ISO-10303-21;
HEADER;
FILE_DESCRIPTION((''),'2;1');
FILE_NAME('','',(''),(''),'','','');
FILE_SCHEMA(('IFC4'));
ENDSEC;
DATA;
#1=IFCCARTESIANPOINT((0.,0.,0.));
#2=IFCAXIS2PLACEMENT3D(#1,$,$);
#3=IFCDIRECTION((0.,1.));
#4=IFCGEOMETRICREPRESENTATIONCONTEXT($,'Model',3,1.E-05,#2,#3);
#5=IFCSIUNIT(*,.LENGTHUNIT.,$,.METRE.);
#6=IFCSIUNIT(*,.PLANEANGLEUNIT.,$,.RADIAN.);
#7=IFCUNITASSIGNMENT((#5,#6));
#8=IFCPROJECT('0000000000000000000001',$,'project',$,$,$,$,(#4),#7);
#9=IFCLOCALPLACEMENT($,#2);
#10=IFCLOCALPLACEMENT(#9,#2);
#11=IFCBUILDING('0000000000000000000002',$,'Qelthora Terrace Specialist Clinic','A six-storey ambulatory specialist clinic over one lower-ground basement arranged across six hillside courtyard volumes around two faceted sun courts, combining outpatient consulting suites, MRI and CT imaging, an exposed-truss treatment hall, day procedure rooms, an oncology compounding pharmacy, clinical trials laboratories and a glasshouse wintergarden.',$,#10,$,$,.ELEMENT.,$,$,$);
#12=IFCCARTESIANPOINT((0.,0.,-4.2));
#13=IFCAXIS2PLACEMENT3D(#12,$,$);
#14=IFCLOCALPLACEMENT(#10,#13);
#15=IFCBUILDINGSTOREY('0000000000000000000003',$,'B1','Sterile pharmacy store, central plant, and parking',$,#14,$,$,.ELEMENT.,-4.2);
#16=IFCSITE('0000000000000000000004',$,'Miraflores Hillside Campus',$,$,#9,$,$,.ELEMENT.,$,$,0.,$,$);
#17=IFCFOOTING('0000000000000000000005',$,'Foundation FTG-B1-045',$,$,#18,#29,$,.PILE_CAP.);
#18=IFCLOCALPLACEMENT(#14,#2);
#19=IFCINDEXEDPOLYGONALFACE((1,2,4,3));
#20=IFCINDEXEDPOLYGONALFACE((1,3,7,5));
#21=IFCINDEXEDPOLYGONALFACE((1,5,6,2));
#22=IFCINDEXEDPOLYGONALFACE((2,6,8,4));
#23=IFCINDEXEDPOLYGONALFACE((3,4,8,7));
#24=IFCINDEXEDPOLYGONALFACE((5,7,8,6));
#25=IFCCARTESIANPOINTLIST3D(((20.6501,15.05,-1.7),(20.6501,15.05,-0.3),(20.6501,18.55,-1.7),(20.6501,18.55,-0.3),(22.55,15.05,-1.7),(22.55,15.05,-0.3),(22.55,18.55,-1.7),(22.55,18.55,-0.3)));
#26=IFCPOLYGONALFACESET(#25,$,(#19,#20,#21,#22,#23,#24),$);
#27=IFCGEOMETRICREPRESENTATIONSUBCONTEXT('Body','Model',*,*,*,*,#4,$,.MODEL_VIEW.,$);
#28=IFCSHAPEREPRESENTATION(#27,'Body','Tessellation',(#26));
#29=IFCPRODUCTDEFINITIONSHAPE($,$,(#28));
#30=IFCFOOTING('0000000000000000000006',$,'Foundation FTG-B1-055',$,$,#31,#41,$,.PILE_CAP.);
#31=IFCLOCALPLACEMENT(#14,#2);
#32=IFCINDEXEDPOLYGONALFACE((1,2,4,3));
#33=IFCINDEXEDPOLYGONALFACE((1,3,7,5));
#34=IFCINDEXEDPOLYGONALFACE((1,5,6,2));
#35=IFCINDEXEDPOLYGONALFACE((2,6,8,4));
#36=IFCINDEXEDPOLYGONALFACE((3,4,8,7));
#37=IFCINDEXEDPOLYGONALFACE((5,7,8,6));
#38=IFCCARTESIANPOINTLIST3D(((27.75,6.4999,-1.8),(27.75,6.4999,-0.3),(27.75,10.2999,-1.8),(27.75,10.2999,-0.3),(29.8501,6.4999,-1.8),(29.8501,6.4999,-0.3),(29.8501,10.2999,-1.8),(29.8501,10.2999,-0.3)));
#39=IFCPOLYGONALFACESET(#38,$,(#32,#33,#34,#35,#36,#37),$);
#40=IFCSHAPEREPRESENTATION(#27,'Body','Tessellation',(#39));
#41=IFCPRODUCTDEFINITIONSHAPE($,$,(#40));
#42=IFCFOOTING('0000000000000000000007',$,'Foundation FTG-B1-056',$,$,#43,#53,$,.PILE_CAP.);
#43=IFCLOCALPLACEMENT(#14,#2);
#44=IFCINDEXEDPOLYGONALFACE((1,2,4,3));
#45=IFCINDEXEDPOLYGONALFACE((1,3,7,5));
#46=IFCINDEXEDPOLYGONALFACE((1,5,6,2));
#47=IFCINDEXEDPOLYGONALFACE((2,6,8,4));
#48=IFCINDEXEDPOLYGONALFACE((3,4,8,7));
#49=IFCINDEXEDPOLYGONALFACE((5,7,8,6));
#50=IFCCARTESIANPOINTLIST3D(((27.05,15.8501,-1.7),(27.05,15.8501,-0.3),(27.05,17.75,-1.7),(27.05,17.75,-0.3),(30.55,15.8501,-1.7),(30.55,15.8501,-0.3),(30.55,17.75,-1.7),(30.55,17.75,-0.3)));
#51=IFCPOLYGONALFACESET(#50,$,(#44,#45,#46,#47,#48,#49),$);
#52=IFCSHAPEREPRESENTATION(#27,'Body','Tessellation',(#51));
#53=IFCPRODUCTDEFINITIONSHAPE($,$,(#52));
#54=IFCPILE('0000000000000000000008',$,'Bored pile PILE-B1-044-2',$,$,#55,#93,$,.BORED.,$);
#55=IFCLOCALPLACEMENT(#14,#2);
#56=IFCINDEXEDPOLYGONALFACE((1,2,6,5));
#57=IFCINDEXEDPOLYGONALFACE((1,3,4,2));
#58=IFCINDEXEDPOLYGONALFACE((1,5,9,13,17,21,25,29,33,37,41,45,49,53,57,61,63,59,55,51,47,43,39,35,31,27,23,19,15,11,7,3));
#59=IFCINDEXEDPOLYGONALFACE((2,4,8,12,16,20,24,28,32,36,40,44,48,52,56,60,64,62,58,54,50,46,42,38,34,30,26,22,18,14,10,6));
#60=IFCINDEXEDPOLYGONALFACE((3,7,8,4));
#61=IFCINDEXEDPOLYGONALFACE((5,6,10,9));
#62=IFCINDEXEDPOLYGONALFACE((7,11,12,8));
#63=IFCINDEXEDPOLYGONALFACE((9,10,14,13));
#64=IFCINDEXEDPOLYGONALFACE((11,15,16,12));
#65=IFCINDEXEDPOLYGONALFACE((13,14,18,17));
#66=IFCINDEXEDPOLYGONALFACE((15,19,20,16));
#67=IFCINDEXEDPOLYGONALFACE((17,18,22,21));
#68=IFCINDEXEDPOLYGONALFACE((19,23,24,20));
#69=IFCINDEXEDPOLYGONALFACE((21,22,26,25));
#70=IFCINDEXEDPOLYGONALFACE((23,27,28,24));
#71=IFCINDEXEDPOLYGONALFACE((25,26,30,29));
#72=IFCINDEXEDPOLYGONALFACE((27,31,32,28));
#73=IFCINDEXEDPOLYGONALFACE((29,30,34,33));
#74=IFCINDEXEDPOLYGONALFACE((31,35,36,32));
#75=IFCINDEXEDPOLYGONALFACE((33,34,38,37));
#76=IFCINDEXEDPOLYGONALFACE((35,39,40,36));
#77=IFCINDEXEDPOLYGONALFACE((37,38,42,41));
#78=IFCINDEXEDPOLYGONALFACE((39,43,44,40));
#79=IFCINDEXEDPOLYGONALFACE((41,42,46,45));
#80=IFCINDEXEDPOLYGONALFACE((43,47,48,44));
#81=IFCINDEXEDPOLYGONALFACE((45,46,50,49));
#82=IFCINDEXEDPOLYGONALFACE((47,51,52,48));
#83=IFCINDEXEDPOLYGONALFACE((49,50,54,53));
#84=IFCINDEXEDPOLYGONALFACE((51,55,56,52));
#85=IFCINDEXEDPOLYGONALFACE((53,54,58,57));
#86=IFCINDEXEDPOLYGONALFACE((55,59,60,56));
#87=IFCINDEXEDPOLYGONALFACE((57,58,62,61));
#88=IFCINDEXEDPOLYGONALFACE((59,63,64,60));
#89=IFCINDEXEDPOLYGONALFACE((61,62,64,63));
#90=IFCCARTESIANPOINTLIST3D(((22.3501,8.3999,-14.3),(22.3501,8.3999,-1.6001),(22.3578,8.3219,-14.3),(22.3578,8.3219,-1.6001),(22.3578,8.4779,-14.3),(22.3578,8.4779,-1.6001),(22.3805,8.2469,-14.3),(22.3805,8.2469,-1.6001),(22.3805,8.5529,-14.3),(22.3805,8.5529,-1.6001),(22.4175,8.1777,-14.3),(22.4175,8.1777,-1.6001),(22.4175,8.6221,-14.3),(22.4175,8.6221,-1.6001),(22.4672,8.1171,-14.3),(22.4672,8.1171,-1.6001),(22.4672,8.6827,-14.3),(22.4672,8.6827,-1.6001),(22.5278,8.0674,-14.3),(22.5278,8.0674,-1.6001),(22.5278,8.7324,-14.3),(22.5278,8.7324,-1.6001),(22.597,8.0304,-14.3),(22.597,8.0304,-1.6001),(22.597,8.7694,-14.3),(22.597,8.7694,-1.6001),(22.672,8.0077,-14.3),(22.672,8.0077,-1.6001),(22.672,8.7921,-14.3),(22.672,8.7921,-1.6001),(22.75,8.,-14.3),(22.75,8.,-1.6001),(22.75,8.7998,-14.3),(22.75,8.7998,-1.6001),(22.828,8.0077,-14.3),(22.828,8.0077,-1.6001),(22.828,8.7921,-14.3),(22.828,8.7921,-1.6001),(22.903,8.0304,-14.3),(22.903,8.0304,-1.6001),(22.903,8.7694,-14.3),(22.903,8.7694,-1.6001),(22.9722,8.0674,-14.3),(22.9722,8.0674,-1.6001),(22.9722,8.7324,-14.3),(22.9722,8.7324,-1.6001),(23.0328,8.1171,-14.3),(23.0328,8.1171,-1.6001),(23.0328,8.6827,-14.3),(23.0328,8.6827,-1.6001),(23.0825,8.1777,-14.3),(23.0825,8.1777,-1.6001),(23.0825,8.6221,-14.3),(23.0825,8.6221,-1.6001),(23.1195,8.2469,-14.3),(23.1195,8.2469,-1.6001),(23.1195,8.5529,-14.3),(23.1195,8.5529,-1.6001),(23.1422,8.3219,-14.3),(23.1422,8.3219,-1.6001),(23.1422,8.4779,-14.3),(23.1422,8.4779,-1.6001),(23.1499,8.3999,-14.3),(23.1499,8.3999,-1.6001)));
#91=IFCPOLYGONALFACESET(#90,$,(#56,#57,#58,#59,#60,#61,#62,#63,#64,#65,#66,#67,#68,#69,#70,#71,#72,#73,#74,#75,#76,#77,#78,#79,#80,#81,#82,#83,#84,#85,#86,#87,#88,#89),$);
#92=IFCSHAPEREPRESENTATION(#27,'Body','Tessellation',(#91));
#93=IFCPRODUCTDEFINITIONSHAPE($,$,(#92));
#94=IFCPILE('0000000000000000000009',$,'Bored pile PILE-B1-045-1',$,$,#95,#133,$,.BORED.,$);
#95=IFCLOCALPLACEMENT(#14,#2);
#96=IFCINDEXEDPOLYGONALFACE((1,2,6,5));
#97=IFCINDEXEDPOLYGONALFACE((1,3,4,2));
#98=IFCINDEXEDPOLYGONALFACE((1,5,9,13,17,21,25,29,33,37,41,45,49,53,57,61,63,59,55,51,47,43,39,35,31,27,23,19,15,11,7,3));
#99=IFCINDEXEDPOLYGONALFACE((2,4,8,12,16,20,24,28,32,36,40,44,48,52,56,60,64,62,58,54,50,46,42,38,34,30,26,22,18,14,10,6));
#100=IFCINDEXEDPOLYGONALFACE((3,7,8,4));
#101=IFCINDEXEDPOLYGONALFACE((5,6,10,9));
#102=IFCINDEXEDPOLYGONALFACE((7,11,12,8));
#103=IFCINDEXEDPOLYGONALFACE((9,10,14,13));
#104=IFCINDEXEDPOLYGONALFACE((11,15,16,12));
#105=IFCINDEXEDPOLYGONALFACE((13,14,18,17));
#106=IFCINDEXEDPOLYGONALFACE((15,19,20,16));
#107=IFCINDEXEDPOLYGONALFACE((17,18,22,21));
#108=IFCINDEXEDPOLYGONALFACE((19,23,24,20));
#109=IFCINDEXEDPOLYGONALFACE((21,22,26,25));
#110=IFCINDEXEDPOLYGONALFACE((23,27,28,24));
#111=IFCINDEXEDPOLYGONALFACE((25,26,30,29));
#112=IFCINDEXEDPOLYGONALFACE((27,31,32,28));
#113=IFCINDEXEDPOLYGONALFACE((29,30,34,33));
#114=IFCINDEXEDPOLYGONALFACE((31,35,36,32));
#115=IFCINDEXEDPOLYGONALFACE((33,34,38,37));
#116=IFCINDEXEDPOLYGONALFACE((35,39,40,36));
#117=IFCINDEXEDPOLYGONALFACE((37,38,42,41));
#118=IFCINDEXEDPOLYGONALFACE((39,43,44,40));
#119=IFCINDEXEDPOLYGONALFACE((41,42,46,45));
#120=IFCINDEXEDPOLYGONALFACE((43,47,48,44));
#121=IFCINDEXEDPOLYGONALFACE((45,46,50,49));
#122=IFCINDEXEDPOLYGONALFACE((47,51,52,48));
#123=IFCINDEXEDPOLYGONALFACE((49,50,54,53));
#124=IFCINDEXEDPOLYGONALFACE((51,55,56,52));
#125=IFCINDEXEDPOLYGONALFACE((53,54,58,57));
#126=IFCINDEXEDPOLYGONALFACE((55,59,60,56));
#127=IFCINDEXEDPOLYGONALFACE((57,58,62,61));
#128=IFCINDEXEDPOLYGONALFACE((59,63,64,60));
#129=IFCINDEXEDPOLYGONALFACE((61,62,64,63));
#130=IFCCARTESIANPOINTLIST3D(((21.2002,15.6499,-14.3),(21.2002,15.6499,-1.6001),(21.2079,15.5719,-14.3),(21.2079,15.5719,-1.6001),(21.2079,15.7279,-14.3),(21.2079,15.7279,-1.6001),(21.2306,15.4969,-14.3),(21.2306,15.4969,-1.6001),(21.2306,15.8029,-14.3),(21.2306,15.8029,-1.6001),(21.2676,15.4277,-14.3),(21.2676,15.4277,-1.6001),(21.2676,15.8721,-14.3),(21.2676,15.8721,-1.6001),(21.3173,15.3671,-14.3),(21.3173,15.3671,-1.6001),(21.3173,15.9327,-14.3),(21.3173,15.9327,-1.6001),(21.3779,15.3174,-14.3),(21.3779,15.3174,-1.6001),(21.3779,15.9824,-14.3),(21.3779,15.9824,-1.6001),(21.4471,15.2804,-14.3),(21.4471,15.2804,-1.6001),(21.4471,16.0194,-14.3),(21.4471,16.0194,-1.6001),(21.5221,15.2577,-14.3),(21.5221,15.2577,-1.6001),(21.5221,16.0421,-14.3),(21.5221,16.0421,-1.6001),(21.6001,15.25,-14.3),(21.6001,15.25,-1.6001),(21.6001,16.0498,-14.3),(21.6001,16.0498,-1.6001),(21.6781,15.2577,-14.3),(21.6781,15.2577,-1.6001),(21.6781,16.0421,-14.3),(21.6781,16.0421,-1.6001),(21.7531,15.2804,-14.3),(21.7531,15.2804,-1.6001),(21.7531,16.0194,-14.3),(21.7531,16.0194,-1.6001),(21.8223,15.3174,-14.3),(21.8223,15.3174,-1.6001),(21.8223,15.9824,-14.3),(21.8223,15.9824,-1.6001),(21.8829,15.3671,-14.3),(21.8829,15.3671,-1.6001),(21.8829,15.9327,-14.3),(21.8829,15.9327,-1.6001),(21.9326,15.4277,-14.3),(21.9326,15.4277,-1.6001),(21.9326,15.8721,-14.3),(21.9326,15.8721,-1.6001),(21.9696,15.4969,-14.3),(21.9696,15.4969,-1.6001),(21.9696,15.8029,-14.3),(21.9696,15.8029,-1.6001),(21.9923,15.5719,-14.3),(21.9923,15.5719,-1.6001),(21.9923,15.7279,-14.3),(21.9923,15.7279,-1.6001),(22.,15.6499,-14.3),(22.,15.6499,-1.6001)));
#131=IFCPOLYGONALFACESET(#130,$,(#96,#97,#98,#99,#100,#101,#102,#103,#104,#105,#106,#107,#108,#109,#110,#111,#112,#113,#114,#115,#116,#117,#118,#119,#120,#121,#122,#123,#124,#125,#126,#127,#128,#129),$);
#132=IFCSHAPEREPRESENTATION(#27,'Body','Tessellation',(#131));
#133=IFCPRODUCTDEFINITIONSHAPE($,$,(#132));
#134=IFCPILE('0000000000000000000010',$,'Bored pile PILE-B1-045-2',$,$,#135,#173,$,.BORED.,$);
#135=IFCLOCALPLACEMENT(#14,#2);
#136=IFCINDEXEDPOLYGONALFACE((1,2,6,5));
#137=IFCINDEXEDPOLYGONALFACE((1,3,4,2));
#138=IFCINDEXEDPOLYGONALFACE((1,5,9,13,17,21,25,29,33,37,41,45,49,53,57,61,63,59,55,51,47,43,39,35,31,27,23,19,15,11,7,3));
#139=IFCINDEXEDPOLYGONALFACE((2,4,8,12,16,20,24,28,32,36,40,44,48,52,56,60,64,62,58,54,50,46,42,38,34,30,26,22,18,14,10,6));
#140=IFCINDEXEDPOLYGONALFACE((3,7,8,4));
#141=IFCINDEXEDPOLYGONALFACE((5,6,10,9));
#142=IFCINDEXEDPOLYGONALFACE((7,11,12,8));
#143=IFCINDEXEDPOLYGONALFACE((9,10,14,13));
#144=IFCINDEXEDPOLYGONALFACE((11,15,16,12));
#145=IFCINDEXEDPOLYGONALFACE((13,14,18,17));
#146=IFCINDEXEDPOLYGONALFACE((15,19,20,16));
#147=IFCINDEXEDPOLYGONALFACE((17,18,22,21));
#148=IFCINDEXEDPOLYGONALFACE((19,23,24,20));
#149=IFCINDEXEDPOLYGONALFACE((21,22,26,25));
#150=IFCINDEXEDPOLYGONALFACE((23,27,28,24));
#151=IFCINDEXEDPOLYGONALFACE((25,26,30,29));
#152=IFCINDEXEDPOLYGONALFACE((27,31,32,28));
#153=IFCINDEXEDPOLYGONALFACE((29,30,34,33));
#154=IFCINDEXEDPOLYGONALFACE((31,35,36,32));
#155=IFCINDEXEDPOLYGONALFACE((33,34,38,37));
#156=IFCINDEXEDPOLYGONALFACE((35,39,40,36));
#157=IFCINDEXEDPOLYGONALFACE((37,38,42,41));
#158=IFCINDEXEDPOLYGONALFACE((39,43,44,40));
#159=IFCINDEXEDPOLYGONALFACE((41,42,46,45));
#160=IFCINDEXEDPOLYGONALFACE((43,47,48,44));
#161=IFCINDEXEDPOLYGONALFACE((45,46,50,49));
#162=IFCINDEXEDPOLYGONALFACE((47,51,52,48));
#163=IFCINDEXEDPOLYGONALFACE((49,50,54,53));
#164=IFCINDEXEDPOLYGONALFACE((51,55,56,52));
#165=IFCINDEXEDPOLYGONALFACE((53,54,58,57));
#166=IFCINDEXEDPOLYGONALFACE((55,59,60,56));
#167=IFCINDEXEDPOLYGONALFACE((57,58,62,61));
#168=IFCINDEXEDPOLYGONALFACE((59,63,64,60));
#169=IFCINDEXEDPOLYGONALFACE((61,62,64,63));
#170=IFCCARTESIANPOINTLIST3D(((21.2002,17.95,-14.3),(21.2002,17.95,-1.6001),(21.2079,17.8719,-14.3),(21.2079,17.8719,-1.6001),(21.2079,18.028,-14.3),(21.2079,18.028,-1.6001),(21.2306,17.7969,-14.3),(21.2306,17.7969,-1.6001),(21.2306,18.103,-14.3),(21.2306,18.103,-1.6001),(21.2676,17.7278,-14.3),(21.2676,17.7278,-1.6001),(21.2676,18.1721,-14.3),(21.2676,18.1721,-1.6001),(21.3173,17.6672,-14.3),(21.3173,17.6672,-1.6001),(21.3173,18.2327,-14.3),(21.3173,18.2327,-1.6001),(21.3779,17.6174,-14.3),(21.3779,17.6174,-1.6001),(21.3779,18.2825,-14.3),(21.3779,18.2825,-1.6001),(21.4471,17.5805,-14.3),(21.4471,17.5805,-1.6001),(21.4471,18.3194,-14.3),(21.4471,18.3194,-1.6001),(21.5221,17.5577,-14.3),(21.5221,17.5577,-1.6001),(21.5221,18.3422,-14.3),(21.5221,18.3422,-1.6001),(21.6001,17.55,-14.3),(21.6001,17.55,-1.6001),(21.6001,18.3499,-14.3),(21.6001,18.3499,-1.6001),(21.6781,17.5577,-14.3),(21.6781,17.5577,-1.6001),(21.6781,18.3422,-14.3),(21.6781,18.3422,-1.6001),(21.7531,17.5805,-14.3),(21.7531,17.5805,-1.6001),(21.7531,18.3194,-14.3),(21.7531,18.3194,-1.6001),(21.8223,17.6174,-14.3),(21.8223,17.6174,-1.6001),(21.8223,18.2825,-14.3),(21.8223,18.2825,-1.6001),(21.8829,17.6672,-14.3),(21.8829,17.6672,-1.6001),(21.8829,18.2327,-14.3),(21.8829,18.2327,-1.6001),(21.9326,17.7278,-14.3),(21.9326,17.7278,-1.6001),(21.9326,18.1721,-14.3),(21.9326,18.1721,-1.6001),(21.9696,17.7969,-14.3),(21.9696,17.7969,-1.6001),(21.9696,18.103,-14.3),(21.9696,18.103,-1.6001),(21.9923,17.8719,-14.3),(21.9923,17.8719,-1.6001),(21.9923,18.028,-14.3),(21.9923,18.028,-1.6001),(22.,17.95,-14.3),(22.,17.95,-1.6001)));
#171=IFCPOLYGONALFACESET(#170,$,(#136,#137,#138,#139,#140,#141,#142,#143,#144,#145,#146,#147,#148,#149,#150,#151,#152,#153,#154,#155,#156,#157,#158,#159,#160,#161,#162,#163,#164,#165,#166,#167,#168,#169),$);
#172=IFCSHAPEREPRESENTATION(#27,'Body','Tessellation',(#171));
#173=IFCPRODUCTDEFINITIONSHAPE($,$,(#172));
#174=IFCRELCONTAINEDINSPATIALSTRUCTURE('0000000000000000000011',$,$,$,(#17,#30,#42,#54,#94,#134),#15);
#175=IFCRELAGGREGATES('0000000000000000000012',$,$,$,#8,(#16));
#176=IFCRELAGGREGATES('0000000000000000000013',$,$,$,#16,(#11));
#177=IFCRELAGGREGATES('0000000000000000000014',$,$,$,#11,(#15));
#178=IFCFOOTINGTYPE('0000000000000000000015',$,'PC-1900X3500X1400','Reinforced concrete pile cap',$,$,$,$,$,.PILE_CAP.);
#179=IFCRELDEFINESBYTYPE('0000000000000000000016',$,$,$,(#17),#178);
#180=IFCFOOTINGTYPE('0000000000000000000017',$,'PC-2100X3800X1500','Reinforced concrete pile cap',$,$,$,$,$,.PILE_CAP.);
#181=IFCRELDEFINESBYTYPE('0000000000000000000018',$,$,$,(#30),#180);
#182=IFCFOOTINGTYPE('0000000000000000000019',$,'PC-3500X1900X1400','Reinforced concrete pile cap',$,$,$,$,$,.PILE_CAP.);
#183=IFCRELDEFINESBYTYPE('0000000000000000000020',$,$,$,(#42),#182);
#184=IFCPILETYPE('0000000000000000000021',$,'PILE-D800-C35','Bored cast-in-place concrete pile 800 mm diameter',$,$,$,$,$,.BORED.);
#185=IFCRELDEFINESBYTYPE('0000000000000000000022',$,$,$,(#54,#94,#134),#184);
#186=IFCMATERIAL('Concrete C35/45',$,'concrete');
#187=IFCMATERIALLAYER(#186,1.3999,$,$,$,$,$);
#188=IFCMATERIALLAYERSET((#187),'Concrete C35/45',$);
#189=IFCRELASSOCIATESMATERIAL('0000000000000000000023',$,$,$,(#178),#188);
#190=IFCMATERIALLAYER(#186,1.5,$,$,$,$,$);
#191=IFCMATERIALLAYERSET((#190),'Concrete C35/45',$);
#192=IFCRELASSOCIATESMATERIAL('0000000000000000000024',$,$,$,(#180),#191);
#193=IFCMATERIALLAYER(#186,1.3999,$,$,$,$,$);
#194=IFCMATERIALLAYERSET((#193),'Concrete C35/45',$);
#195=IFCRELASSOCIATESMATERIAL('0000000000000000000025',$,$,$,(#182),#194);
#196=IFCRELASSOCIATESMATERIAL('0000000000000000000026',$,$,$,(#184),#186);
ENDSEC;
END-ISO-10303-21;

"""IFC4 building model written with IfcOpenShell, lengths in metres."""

from ifc_helpers import new_model, si_unit, direction, frame, origin, origin_2d, place, context, subcontext, project, spatial, rectangle, circle, extrude, material, layer, layer_set, material_profile, profile_set, type_object, element, save


model = new_model("IFC4")

# Units and contexts
model_context = context("Model", 3, precision=1e-05, world=origin(), true_north=direction((0.0, 1.0)))
body_context = subcontext(model_context, "Body", "Model", "MODEL_VIEW")
ifc_project = project(units=[si_unit("LENGTHUNIT", "METRE"), si_unit("PLANEANGLEUNIT", "RADIAN")], contexts=[model_context])

# Site, building, storey
site_placement = place(None, origin())
site = spatial("IfcSite", under=ifc_project, at=site_placement, Name="Miraflores Hillside Campus", CompositionType="ELEMENT", RefElevation=0.0)
building_placement = place(site_placement, origin())
building = spatial("IfcBuilding", under=site, at=building_placement, Name="Qelthora Terrace Specialist Clinic", Description="A six-storey ambulatory specialist clinic over one lower-ground basement arranged across six hillside courtyard volumes around two faceted sun courts, combining outpatient consulting suites, MRI and CT imaging, an exposed-truss treatment hall, day procedure rooms, an oncology compounding pharmacy, clinical trials laboratories and a glasshouse wintergarden.", CompositionType="ELEMENT")
storey_placement = place(building_placement, frame((0.0, 0.0, -4.2)))
storey = spatial("IfcBuildingStorey", under=building, at=storey_placement, Name="B1", Description="Sterile pharmacy store, central plant, and parking", CompositionType="ELEMENT", Elevation=-4.2)

# Footings
ifc_material_1 = material(Name="Concrete C35/45", Category="concrete")
ifc_layer_1 = layer(ifc_material_1, 1.3999)
ifc_layer_set_1 = layer_set([ifc_layer_1], Name="Concrete C35/45")
footing_type_1 = type_object("IfcFootingType", Name="PC-1900X3500X1400", Description="Reinforced concrete pile cap", PredefinedType="PILE_CAP", material=ifc_layer_set_1)
footing_1_placement = place(storey_placement, frame((21.6001, 16.8, -1.7), z_axis=(0.0, 0.0, 1.0), x_axis=(1.0, 0.0, 0.0)))
element("IfcFooting", 1, at=footing_1_placement, inside=storey, type_object=footing_type_1, Name="Foundation FTG-B1-045", PredefinedType="PILE_CAP", context=body_context, shape_type="SweptSolid", body=[
    extrude(rectangle(XDim=1.8999, YDim=3.5, at=origin_2d()), origin(), (0.0, 0.0, 1.0), 1.3999),
])
ifc_layer_2 = layer(ifc_material_1, 1.5)
ifc_layer_set_2 = layer_set([ifc_layer_2], Name="Concrete C35/45")
footing_type_2 = type_object("IfcFootingType", Name="PC-2100X3800X1500", Description="Reinforced concrete pile cap", PredefinedType="PILE_CAP", material=ifc_layer_set_2)
footing_2_placement = place(storey_placement, frame((28.8, 8.3999, -1.8), z_axis=(0.0, 0.0, 1.0), x_axis=(1.0, 0.0, 0.0)))
element("IfcFooting", 2, at=footing_2_placement, inside=storey, type_object=footing_type_2, Name="Foundation FTG-B1-055", PredefinedType="PILE_CAP", context=body_context, shape_type="SweptSolid", body=[
    extrude(rectangle(XDim=2.1001, YDim=3.8, at=origin_2d()), origin(), (0.0, 0.0, 1.0), 1.5),
])
ifc_layer_3 = layer(ifc_material_1, 1.3999)
ifc_layer_set_3 = layer_set([ifc_layer_3], Name="Concrete C35/45")
footing_type_3 = type_object("IfcFootingType", Name="PC-3500X1900X1400", Description="Reinforced concrete pile cap", PredefinedType="PILE_CAP", material=ifc_layer_set_3)
footing_3_placement = place(storey_placement, frame((28.8, 16.8, -1.7), z_axis=(0.0, 0.0, 1.0), x_axis=(1.0, 0.0, 0.0)))
element("IfcFooting", 3, at=footing_3_placement, inside=storey, type_object=footing_type_3, Name="Foundation FTG-B1-056", PredefinedType="PILE_CAP", context=body_context, shape_type="SweptSolid", body=[
    extrude(rectangle(XDim=3.5, YDim=1.8999, at=origin_2d()), origin(), (0.0, 0.0, 1.0), 1.3999),
])

# Piles
ifc_material_profile_1 = material_profile(ifc_material_1, circle(Radius=0.3999, at=origin_2d()), Name="PILE800")
ifc_profile_set_1 = profile_set([ifc_material_profile_1], Name="Concrete C35/45")
pile_type_1 = type_object("IfcPileType", Name="PILE-D800-C35", Description="Bored cast-in-place concrete pile 800 mm diameter", PredefinedType="BORED", material=ifc_profile_set_1)
for number, where, z_axis, x_axis, name in (
    (4, (22.75, 8.3999, -1.6001), (0.0, 0.0, -1.0), (1.0, 0.0, 0.0), "Bored pile PILE-B1-044-2"),
    (5, (21.6001, 15.6499, -1.6001), (0.0, 0.0, -1.0), (1.0, 0.0, 0.0), "Bored pile PILE-B1-045-1"),
    (6, (21.6001, 17.95, -1.6001), (0.0, 0.0, -1.0), (1.0, 0.0, 0.0), "Bored pile PILE-B1-045-2"),
):
    element("IfcPile", number, at=place(storey_placement, frame(where, z_axis=z_axis, x_axis=x_axis)), inside=storey, type_object=pile_type_1, Name=name, PredefinedType="BORED", context=body_context, shape_type="SweptSolid", body=[
        extrude(circle(Radius=0.3999, at=origin_2d()), origin(), (0.0, 0.0, 1.0), 12.7),
    ])

save(model, "model.ifc")
